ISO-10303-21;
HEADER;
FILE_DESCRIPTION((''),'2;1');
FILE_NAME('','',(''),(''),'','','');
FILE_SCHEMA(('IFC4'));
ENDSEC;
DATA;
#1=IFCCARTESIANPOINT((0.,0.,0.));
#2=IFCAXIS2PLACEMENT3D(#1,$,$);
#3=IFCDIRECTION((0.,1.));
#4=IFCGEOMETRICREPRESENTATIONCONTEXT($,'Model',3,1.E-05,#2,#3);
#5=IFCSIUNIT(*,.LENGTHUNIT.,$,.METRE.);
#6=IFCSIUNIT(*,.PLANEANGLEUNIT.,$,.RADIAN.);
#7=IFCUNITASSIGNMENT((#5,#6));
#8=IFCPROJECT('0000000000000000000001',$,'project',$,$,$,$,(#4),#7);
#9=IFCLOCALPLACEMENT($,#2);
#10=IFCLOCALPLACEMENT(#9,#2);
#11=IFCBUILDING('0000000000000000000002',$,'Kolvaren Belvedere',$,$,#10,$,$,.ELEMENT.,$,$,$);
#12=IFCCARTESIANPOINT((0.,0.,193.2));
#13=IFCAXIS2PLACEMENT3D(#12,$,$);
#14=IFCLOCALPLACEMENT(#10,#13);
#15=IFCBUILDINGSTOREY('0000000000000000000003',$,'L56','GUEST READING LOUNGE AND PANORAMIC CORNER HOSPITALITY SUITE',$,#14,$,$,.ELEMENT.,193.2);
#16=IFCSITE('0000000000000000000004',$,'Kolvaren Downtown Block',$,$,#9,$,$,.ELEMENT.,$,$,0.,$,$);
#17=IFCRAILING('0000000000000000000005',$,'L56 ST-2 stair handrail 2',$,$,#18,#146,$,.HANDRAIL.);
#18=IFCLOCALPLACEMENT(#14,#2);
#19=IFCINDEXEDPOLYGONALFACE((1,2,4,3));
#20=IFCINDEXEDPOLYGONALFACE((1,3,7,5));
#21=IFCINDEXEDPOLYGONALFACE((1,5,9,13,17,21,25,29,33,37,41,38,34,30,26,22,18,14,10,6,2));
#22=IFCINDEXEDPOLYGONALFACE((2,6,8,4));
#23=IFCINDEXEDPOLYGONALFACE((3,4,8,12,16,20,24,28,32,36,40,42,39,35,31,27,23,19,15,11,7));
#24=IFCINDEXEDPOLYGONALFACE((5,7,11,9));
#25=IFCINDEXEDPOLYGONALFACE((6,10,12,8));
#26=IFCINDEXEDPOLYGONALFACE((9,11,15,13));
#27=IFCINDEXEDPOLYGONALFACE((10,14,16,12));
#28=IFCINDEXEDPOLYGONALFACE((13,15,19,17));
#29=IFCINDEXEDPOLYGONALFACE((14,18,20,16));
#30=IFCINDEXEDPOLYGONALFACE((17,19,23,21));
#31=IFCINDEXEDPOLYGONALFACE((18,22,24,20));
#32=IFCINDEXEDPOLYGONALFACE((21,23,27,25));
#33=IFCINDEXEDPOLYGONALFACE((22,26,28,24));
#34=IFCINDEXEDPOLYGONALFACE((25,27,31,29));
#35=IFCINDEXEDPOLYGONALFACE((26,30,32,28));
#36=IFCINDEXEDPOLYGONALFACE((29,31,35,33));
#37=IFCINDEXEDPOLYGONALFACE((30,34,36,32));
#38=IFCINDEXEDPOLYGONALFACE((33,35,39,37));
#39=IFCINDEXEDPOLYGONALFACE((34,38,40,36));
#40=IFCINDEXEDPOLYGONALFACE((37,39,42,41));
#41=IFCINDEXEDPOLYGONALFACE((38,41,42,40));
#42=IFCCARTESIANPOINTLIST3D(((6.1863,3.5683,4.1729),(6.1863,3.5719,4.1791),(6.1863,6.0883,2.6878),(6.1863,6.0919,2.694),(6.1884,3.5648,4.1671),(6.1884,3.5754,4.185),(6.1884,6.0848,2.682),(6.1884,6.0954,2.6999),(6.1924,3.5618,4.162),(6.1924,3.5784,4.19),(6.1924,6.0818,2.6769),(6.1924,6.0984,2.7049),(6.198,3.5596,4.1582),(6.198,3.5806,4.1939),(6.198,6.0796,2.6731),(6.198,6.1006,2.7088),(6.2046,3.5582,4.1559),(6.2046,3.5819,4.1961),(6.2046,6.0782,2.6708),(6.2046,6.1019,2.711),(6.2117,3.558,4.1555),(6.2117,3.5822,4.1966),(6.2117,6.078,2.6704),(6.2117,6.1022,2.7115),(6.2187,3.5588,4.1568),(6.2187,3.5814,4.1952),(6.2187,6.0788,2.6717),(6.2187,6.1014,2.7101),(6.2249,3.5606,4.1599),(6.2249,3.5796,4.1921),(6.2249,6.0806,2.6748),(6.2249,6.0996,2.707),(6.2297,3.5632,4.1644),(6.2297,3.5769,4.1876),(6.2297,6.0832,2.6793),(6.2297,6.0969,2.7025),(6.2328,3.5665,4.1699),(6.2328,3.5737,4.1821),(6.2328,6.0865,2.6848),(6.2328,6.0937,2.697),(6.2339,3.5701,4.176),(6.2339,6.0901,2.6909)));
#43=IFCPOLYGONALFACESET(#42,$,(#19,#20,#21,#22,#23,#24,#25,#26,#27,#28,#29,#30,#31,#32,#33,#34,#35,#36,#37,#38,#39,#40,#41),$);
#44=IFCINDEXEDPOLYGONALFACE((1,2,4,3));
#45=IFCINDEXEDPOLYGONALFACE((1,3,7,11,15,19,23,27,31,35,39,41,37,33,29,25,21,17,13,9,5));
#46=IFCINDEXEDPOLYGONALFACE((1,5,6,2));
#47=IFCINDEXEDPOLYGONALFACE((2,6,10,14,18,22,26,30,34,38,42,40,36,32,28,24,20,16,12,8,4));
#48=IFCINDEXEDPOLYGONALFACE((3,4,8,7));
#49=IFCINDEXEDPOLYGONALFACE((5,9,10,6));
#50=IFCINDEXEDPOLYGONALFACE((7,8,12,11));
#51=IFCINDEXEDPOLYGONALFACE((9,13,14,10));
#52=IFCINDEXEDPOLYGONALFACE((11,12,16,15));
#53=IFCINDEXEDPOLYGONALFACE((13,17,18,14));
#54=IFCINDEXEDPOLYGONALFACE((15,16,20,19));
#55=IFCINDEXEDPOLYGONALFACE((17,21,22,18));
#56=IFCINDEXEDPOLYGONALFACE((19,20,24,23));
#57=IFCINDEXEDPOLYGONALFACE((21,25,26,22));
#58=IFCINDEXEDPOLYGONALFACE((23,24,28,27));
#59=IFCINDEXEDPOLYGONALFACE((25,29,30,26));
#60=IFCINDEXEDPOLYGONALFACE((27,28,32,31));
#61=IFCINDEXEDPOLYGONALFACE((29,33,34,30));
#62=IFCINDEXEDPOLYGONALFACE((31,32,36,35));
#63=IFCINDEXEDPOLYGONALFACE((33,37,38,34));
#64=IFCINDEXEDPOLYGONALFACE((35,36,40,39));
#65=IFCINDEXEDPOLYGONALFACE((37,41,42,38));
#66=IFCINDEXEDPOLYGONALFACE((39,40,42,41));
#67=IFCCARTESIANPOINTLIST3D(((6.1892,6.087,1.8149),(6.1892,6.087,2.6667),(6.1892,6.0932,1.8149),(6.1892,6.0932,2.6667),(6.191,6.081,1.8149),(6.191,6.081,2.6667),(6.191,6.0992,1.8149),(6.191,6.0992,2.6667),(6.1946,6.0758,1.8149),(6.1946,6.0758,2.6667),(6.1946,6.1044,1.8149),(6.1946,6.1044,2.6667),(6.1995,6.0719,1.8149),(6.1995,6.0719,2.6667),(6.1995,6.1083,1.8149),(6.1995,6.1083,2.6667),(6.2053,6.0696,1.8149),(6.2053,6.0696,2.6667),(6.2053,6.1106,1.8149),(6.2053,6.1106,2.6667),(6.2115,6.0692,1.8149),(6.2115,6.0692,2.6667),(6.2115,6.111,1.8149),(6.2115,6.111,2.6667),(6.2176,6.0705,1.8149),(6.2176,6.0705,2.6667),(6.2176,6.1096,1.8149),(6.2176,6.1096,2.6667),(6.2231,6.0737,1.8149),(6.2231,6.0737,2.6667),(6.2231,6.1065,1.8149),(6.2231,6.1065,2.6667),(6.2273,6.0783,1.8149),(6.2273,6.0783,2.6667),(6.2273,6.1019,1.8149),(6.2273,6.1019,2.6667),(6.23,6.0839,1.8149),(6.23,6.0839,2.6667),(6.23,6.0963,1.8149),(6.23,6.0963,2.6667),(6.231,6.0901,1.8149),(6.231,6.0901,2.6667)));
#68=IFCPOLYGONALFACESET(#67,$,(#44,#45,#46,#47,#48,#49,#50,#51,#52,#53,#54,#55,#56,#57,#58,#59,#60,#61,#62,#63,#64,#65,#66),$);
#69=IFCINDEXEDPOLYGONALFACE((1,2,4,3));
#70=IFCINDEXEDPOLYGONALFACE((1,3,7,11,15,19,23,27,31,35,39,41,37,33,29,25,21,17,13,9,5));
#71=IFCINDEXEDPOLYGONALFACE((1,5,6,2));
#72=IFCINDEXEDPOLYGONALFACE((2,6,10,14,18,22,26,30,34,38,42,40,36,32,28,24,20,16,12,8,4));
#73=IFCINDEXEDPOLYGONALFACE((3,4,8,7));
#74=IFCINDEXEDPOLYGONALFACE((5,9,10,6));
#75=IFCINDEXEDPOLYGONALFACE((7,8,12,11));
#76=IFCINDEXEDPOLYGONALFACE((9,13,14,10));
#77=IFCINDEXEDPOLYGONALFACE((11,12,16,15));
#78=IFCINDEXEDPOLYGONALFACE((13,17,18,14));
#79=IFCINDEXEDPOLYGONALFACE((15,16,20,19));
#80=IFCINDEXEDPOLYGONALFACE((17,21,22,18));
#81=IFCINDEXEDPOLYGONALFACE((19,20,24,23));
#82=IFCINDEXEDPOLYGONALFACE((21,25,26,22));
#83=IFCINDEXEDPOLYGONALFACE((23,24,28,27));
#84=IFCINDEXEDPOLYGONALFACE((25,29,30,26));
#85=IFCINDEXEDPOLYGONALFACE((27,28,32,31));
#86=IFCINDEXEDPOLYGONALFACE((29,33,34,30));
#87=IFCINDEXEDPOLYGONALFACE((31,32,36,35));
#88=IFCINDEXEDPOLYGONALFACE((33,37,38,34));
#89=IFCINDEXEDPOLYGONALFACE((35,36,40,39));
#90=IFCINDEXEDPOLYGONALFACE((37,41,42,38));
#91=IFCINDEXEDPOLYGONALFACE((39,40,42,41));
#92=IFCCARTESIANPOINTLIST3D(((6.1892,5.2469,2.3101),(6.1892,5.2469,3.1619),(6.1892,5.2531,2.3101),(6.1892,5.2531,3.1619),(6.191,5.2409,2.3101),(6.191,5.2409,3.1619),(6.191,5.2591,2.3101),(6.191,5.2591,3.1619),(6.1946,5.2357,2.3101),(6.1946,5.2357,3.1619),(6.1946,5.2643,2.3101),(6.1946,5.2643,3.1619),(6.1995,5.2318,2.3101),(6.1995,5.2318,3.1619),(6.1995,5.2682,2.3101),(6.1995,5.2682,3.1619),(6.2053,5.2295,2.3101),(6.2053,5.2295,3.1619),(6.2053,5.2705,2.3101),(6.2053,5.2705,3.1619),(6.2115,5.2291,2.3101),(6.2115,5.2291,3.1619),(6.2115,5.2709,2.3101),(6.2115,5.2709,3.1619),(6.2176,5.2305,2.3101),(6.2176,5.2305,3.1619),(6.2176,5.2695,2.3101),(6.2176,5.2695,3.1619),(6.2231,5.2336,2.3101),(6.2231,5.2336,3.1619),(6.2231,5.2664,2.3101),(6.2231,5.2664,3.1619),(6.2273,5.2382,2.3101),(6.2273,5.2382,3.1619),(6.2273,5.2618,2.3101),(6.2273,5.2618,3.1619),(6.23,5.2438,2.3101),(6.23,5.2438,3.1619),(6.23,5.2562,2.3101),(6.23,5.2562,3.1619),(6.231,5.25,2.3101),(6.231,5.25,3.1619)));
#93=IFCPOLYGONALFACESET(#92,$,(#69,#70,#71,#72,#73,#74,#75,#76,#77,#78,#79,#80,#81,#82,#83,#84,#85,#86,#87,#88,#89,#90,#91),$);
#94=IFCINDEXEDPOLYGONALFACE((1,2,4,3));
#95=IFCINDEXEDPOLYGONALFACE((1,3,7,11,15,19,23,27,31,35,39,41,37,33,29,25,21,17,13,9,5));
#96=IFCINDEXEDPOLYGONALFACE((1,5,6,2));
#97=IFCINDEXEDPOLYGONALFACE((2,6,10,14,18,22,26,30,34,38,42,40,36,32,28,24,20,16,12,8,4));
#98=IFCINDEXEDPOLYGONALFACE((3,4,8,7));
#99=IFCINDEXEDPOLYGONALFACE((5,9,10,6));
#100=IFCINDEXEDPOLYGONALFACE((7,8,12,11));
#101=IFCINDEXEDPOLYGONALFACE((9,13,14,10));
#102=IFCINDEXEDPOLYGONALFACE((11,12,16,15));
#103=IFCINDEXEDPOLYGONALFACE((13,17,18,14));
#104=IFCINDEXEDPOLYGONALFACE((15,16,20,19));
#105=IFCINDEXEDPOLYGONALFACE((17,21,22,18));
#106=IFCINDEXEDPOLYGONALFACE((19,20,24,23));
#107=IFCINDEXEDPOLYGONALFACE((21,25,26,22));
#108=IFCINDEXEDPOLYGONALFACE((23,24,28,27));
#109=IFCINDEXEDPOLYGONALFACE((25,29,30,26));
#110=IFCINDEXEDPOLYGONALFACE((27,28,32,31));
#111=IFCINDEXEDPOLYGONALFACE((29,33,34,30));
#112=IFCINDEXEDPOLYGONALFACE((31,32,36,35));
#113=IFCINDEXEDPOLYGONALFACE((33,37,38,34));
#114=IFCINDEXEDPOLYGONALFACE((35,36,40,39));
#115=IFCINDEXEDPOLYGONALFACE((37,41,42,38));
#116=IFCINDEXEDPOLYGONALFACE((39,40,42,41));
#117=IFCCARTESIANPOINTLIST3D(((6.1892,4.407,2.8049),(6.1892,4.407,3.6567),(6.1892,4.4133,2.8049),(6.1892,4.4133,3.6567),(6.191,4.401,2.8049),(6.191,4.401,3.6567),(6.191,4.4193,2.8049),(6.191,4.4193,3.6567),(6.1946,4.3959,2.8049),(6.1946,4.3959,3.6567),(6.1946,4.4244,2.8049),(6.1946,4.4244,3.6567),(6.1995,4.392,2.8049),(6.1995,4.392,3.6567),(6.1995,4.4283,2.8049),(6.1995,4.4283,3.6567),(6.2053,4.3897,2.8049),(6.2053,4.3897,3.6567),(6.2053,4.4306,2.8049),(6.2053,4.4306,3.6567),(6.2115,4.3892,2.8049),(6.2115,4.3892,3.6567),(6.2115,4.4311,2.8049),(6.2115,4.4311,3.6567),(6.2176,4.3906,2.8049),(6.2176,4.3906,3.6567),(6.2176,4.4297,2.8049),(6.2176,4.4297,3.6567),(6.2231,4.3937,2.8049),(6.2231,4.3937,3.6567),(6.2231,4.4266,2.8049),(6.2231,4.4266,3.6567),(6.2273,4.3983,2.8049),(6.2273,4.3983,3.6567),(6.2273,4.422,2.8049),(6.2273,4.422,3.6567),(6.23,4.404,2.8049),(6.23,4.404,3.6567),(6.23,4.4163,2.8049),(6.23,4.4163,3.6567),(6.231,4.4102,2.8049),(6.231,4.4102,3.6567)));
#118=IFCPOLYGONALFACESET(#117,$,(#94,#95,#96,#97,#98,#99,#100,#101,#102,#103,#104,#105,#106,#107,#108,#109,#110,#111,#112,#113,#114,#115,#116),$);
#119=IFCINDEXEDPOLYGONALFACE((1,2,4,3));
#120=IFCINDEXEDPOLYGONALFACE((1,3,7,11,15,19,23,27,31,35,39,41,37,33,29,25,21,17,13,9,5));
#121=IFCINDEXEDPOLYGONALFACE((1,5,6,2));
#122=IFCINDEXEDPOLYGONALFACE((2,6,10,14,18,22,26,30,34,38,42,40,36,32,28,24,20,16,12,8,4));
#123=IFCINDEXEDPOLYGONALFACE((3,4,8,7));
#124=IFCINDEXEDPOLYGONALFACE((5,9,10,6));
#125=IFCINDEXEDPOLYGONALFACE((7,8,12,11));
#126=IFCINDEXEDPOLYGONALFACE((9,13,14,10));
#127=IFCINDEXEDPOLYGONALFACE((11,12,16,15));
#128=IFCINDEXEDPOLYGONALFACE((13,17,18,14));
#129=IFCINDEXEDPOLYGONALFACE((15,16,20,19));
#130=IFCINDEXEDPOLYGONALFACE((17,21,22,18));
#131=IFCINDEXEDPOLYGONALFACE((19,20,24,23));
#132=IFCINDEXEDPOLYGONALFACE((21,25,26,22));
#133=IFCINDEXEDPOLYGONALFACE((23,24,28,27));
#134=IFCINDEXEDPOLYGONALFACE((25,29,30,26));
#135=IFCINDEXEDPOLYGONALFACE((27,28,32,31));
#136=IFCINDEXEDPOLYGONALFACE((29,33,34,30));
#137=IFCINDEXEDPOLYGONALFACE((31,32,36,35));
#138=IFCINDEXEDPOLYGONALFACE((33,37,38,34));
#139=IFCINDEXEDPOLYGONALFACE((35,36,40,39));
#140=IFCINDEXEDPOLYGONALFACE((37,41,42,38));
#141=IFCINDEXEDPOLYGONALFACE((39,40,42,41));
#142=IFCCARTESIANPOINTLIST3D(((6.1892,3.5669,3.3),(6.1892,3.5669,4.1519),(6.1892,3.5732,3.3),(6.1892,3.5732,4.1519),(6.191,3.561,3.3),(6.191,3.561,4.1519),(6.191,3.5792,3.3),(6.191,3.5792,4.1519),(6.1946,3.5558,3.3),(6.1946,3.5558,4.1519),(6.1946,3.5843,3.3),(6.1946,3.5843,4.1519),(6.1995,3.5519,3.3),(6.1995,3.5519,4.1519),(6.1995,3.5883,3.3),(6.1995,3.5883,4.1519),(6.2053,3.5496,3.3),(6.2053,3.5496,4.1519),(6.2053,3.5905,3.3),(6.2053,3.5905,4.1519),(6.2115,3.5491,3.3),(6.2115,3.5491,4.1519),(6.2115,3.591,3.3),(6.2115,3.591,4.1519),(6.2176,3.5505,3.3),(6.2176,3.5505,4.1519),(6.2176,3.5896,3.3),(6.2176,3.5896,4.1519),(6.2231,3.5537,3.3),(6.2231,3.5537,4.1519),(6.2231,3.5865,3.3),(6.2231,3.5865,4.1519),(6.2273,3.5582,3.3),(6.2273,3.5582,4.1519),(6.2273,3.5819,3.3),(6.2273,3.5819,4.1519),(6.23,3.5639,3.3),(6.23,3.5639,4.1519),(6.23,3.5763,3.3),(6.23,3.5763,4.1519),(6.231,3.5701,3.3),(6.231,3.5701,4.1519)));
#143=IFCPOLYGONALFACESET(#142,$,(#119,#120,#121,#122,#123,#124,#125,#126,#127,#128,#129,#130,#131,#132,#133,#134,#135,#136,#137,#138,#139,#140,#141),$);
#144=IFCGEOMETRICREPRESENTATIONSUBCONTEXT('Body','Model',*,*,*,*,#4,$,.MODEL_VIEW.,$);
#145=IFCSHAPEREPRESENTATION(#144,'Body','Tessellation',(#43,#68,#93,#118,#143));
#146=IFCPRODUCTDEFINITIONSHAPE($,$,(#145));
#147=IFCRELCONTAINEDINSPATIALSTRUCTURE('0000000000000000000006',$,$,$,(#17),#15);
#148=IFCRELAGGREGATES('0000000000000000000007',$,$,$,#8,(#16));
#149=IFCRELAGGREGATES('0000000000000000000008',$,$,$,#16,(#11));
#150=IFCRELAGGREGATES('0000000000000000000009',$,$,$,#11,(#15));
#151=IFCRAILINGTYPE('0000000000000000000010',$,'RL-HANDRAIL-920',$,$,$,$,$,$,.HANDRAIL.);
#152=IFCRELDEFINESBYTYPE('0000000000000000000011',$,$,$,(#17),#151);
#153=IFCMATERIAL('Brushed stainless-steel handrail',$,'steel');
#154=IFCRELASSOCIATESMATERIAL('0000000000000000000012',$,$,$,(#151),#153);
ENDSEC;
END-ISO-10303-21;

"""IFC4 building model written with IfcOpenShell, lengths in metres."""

from ifc_helpers import new_model, si_unit, direction, frame, origin, origin_2d, place, context, subcontext, project, spatial, circle, extrude, material, type_object, element, save


model = new_model("IFC4")

# Units and contexts
model_context = context("Model", 3, precision=1e-05, world=origin(), true_north=direction((0.0, 1.0)))
body_context = subcontext(model_context, "Body", "Model", "MODEL_VIEW")
ifc_project = project(units=[si_unit("LENGTHUNIT", "METRE"), si_unit("PLANEANGLEUNIT", "RADIAN")], contexts=[model_context])

# Site, building, storey
site_placement = place(None, origin())
site = spatial("IfcSite", under=ifc_project, at=site_placement, Name="Kolvaren Downtown Block", CompositionType="ELEMENT", RefElevation=0.0)
building_placement = place(site_placement, origin())
building = spatial("IfcBuilding", under=site, at=building_placement, Name="Kolvaren Belvedere", CompositionType="ELEMENT")
storey_placement = place(building_placement, frame((0.0, 0.0, 193.2)))
storey = spatial("IfcBuildingStorey", under=building, at=storey_placement, Name="L56", Description="GUEST READING LOUNGE AND PANORAMIC CORNER HOSPITALITY SUITE", CompositionType="ELEMENT", Elevation=193.2)

# Railing
ifc_material_1 = material(Name="Brushed stainless-steel handrail", Category="steel")
railing_type_1 = type_object("IfcRailingType", Name="RL-HANDRAIL-920", PredefinedType="HANDRAIL", material=ifc_material_1)
railing_1_placement = place(storey_placement, frame((6.21, 6.0901, 1.8149)))
element("IfcRailing", 1, at=railing_1_placement, inside=storey, type_object=railing_type_1, Name="L56 ST-2 stair handrail 2", PredefinedType="HANDRAIL", context=body_context, shape_type="SweptSolid", body=[
    extrude(circle(Radius=0.0239, at=origin_2d()), frame((0.0, 0.0, 0.876), z_axis=(0.0, -0.861524, 0.507717), x_axis=(1.0, 0.0, 0.0)), (0.0, 0.0, 1.0), 2.925),
    extrude(circle(Radius=0.021, at=origin_2d()), origin(), (0.0, 0.0, 1.0), 0.8518),
    extrude(circle(Radius=0.021, at=origin_2d()), frame((0.0, -0.8401, 0.4951)), (0.0, 0.0, 1.0), 0.8518),
    extrude(circle(Radius=0.021, at=origin_2d()), frame((0.0, -1.6799, 0.99)), (0.0, 0.0, 1.0), 0.8518),
    extrude(circle(Radius=0.021, at=origin_2d()), frame((0.0, -2.52, 1.4851)), (0.0, 0.0, 1.0), 0.8518),
])

save(model, "model.ifc")
